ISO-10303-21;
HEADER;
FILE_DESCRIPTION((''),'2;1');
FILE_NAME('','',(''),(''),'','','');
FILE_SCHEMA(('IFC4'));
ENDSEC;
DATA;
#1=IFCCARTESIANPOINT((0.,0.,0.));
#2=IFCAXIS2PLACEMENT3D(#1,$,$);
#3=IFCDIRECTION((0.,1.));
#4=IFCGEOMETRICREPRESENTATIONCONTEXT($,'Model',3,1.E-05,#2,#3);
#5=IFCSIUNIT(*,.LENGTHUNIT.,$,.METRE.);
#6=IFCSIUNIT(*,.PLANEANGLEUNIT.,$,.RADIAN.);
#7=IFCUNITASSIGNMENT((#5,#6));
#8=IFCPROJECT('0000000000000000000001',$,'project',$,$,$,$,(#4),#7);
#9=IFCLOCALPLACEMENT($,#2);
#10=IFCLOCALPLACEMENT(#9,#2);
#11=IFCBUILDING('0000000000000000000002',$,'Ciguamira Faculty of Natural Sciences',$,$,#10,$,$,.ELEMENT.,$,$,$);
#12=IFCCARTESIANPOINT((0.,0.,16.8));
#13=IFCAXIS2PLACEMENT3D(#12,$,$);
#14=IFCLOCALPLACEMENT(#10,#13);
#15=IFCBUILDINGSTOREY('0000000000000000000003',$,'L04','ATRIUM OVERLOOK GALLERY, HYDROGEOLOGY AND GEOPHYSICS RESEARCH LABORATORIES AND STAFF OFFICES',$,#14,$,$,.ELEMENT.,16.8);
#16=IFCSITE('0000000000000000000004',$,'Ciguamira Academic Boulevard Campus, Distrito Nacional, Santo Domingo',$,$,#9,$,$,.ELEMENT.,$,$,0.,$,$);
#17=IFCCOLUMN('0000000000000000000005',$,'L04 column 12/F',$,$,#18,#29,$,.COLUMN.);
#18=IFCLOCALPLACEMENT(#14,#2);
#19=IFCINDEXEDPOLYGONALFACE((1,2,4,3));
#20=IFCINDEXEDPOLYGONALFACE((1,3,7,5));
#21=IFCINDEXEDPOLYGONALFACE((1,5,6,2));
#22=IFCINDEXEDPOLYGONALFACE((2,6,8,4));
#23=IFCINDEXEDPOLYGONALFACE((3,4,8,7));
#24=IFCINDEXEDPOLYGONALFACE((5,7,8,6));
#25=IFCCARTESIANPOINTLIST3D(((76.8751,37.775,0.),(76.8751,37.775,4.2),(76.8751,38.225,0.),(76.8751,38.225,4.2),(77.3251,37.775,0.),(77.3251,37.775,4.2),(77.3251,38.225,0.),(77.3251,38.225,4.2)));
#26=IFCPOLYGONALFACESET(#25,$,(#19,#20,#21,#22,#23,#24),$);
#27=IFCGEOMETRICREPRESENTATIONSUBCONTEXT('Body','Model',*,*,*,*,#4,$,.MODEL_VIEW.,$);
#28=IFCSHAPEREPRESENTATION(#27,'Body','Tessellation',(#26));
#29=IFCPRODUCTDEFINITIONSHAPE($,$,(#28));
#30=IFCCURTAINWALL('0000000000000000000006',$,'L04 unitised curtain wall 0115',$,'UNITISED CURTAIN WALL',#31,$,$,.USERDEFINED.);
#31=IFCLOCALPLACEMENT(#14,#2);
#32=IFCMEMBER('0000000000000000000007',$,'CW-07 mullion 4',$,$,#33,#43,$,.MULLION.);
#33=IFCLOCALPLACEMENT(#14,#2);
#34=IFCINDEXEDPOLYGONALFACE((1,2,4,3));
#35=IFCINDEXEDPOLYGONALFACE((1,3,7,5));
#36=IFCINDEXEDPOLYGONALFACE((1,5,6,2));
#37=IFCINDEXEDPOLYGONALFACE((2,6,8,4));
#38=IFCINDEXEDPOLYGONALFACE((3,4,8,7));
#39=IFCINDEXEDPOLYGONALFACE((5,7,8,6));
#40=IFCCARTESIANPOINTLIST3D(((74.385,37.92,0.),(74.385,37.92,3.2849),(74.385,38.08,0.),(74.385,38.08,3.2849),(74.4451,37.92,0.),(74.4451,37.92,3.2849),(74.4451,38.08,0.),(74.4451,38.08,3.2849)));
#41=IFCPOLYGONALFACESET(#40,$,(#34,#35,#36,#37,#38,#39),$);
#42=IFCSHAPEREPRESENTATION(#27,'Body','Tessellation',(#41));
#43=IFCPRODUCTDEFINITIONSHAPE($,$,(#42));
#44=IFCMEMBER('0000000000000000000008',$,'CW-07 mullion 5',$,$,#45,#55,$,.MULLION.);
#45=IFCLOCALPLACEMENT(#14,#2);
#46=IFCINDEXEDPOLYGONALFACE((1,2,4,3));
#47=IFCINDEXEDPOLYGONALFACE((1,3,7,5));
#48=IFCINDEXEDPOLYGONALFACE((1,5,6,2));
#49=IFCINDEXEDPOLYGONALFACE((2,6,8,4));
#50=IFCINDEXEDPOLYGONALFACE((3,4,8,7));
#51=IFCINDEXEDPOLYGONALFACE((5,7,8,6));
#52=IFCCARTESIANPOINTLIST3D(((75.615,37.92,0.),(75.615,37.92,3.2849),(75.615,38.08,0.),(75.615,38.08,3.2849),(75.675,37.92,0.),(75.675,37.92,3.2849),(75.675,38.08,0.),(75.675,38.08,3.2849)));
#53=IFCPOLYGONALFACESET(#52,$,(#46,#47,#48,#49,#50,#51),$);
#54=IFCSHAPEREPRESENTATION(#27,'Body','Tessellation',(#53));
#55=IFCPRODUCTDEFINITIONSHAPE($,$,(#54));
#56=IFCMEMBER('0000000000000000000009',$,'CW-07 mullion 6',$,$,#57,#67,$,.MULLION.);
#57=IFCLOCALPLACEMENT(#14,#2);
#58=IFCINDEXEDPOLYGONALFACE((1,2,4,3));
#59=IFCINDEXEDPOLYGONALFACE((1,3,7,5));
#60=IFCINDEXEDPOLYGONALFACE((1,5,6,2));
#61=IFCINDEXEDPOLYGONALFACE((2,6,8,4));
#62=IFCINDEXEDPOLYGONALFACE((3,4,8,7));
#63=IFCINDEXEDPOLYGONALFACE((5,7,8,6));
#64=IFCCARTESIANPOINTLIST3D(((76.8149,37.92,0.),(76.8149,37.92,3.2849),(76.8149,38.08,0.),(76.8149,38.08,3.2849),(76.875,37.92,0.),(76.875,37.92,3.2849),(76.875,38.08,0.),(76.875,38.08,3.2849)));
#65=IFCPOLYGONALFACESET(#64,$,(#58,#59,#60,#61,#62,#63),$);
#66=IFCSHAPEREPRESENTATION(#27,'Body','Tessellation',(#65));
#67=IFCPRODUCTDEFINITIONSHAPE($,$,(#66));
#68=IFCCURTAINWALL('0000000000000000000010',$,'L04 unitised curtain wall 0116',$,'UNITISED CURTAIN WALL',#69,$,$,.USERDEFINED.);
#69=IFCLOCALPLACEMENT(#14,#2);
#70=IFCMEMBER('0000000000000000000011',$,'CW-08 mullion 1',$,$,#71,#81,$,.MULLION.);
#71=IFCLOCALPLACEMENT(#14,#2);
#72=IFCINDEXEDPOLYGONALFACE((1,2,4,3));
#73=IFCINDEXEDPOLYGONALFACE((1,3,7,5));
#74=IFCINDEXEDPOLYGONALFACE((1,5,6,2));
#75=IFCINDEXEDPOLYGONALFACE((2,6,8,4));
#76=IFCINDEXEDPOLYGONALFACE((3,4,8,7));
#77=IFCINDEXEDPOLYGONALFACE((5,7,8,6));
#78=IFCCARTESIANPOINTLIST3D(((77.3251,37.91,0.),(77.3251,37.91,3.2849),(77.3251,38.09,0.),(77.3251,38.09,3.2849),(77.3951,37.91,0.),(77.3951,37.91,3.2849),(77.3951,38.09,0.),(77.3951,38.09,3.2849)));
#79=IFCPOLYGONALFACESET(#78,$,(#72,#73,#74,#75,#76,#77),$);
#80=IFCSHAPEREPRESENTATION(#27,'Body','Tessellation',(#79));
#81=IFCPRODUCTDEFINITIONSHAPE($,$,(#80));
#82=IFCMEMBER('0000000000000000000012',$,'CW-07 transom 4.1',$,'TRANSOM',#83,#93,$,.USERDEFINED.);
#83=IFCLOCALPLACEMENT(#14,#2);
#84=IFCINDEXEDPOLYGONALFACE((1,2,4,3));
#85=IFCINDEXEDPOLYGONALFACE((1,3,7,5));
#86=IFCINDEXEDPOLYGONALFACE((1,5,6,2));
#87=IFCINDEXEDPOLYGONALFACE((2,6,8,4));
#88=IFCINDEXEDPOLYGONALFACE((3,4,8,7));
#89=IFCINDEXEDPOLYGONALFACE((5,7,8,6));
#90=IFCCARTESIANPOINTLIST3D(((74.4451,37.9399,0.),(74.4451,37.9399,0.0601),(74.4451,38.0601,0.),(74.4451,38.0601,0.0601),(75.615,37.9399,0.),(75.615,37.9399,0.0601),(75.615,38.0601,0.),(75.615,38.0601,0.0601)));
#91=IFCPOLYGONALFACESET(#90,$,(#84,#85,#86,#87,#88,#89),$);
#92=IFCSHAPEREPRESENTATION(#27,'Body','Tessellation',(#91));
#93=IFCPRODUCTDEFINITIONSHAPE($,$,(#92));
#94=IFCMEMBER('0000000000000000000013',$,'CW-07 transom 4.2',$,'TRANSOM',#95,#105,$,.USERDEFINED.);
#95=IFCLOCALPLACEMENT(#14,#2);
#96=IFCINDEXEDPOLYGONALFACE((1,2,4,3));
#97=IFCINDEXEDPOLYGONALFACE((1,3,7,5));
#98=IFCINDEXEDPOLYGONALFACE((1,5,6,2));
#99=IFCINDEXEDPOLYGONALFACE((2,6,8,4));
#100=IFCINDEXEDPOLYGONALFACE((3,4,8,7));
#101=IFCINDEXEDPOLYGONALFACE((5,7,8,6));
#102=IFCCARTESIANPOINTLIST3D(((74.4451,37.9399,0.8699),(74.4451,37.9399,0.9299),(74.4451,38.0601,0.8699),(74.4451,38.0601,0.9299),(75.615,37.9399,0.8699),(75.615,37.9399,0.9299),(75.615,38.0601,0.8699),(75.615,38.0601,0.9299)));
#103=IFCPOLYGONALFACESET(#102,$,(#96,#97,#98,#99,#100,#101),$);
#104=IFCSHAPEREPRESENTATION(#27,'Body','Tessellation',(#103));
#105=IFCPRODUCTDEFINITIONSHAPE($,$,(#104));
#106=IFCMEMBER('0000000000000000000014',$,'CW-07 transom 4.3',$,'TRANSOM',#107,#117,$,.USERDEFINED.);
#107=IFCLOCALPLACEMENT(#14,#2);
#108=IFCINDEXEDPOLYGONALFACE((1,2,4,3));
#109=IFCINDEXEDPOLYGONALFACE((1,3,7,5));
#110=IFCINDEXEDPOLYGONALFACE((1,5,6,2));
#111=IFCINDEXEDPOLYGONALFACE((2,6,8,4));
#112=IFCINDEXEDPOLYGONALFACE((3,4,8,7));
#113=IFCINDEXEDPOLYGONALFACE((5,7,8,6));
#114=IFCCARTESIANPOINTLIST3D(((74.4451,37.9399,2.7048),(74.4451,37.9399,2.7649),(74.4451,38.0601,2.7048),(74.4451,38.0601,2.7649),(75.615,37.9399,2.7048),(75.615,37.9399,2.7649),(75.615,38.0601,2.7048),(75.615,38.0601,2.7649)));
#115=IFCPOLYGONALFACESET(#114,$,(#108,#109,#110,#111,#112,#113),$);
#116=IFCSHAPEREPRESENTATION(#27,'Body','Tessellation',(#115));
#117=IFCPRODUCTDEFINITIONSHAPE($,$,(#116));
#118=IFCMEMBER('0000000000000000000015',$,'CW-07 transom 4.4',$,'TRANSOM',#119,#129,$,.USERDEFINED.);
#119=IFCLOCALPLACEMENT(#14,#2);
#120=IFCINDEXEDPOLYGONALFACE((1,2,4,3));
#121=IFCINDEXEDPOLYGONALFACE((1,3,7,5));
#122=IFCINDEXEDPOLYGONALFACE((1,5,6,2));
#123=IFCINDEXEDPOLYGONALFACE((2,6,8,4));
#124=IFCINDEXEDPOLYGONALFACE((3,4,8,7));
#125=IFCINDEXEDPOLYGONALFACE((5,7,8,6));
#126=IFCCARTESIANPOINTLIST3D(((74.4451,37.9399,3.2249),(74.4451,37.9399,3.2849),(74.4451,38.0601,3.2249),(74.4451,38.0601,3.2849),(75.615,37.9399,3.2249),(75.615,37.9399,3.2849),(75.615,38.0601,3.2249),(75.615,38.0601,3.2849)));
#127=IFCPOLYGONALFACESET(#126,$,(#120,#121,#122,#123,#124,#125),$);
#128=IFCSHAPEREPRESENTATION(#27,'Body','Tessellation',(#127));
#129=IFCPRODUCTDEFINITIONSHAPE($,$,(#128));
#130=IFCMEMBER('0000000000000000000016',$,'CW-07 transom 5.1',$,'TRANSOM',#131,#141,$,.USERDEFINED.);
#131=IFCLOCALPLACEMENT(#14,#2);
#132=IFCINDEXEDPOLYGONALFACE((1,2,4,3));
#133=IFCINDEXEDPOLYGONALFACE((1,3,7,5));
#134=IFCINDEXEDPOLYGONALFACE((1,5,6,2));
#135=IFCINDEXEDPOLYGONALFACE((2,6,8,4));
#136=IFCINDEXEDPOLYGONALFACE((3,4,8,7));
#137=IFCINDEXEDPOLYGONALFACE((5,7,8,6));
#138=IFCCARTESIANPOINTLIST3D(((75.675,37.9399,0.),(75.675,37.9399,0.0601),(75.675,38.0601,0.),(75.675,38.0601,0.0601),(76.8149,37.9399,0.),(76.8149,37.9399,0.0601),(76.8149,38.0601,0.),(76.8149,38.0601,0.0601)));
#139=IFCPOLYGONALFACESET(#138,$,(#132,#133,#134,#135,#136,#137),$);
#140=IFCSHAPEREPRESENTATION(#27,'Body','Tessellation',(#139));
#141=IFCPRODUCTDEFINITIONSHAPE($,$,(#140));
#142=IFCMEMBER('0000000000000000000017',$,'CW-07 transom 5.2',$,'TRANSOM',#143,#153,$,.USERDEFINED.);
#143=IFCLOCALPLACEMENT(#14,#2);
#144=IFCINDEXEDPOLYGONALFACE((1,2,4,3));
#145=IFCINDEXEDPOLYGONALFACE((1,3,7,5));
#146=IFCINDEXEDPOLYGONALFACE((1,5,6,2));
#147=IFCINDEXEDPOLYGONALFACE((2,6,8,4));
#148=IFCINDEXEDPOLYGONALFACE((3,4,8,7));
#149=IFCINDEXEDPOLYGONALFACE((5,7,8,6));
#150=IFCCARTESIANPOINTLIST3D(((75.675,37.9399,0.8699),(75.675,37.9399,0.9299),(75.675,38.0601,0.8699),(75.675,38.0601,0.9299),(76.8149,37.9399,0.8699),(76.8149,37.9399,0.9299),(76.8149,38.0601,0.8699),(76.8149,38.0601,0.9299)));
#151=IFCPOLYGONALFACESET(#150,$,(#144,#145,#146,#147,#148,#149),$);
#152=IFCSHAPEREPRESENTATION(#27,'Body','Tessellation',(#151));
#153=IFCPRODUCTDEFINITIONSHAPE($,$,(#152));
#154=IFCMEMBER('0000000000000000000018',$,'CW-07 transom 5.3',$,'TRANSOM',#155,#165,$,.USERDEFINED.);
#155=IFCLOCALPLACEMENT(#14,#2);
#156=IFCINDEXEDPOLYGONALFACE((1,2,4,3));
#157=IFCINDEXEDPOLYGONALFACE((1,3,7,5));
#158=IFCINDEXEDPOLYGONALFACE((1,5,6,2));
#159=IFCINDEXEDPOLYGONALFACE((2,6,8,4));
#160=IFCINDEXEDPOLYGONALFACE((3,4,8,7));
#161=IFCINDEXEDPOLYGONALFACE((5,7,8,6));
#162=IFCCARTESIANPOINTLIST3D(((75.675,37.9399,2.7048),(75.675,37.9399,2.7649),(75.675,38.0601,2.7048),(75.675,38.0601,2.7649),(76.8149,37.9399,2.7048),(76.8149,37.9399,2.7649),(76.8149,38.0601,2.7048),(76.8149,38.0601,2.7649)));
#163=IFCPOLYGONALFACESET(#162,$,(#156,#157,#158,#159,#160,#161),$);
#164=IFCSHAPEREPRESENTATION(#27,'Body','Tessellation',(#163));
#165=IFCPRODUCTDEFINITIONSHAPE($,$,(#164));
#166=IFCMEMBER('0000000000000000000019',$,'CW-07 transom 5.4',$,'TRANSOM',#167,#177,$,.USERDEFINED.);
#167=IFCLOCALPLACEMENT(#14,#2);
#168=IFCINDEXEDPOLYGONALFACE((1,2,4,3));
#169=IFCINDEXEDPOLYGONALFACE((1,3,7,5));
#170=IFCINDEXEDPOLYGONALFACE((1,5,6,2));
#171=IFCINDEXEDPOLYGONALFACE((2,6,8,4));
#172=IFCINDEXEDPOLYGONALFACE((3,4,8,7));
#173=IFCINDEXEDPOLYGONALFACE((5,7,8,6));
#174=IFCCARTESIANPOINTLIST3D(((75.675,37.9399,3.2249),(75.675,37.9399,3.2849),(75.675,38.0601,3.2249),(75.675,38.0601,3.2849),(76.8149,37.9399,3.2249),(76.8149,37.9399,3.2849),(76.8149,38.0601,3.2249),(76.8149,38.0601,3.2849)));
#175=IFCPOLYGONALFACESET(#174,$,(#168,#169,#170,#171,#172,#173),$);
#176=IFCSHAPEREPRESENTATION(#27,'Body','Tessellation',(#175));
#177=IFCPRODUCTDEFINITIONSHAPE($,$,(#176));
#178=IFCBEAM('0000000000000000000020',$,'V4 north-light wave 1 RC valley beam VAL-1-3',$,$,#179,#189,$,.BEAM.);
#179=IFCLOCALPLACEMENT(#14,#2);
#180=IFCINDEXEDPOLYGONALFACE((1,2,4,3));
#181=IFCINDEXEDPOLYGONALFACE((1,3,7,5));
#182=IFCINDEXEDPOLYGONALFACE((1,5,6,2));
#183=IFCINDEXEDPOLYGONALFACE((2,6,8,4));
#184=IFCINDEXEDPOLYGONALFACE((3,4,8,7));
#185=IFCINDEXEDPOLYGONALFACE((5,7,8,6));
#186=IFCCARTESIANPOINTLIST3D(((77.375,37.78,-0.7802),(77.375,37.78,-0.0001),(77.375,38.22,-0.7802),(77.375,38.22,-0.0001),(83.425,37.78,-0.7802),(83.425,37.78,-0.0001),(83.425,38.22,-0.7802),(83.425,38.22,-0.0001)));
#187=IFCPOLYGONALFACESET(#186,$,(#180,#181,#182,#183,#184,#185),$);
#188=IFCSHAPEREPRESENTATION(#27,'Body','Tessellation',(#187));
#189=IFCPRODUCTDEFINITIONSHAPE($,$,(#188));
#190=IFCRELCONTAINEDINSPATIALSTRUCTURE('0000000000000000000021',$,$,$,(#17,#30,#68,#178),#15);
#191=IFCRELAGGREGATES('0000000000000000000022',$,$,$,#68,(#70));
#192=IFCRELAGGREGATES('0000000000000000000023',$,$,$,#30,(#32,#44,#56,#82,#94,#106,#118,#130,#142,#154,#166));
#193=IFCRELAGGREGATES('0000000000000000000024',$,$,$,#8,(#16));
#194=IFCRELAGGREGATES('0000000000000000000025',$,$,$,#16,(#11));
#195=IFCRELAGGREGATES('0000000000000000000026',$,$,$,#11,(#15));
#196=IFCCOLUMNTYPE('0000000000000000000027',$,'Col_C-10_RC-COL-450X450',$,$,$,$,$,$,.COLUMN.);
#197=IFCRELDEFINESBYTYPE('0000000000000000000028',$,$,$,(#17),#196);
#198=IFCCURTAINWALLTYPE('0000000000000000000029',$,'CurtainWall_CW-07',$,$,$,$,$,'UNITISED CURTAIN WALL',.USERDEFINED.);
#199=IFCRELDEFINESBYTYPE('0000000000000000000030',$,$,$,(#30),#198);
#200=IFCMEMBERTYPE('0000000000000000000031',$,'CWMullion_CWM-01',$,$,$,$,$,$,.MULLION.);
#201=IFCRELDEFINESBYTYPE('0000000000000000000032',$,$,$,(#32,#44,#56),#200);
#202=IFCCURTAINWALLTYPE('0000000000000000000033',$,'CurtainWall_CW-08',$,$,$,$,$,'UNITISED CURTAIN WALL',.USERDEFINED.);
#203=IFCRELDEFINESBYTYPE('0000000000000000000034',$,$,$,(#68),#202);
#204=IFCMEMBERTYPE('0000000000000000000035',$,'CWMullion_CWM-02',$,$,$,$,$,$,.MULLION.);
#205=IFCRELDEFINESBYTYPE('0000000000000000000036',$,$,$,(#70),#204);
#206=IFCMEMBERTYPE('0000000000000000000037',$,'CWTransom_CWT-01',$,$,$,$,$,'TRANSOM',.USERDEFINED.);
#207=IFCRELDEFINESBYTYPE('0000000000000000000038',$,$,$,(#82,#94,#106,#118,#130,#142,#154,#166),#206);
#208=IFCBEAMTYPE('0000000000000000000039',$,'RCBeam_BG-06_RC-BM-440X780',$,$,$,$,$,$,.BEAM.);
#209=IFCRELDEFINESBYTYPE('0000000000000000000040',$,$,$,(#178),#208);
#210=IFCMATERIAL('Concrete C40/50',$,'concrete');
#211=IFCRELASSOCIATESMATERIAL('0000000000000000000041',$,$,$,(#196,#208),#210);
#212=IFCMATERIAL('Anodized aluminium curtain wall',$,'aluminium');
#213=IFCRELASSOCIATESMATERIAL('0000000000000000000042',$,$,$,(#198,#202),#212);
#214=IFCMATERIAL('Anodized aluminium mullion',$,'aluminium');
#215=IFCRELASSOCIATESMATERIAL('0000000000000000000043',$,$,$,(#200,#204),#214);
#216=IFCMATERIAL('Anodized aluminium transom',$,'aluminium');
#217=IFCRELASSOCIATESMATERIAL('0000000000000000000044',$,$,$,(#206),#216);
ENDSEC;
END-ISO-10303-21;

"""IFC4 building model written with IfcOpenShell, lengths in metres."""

from ifc_helpers import new_model, si_unit, direction, frame, origin, origin_2d, place, context, subcontext, project, spatial, rectangle, extrude, material, material_profile, profile_set, type_object, element, aggregate, save


model = new_model("IFC4")

# Units and contexts
model_context = context("Model", 3, precision=1e-05, world=origin(), true_north=direction((0.0, 1.0)))
body_context = subcontext(model_context, "Body", "Model", "MODEL_VIEW")
ifc_project = project(units=[si_unit("LENGTHUNIT", "METRE"), si_unit("PLANEANGLEUNIT", "RADIAN")], contexts=[model_context])

# Site, building, storey
site_placement = place(None, origin())
site = spatial("IfcSite", under=ifc_project, at=site_placement, Name="Ciguamira Academic Boulevard Campus, Distrito Nacional, Santo Domingo", CompositionType="ELEMENT", RefElevation=0.0)
building_placement = place(site_placement, origin())
building = spatial("IfcBuilding", under=site, at=building_placement, Name="Ciguamira Faculty of Natural Sciences", CompositionType="ELEMENT")
storey_placement = place(building_placement, frame((0.0, 0.0, 16.8)))
storey = spatial("IfcBuildingStorey", under=building, at=storey_placement, Name="L04", Description="ATRIUM OVERLOOK GALLERY, HYDROGEOLOGY AND GEOPHYSICS RESEARCH LABORATORIES AND STAFF OFFICES", CompositionType="ELEMENT", Elevation=16.8)

# Column
ifc_material_1 = material(Name="Concrete C40/50", Category="concrete")
ifc_material_profile_1 = material_profile(ifc_material_1, rectangle(XDim=0.45, YDim=0.45, at=origin_2d()), Name="RC-COL-450X450")
ifc_profile_set_1 = profile_set([ifc_material_profile_1], Name="Concrete C40/50")
column_type = type_object("IfcColumnType", Name="Col_C-10_RC-COL-450X450", PredefinedType="COLUMN", material=ifc_profile_set_1)
column_placement = place(storey_placement, frame((77.1001, 38.0, 0.0), z_axis=(0.0, 0.0, 1.0), x_axis=(1.0, 0.0, 0.0)))
element("IfcColumn", 1, at=column_placement, inside=storey, type_object=column_type, Name="L04 column 12/F", PredefinedType="COLUMN", context=body_context, shape_type="SweptSolid", body=[
    extrude(rectangle(XDim=0.45, YDim=0.45, at=origin_2d()), origin(), (0.0, 0.0, 1.0), 4.2),
])

# Curtain wall, members
ifc_material_2 = material(Name="Anodized aluminium curtain wall", Category="aluminium")
curtain_wall_type_1 = type_object("IfcCurtainWallType", Name="CurtainWall_CW-07", ElementType="UNITISED CURTAIN WALL", PredefinedType="USERDEFINED", material=ifc_material_2)
curtain_wall_1_placement = place(storey_placement, origin())
curtain_wall_1 = element("IfcCurtainWall", 2, at=curtain_wall_1_placement, inside=storey, type_object=curtain_wall_type_1, Name="L04 unitised curtain wall 0115", ObjectType="UNITISED CURTAIN WALL", PredefinedType="USERDEFINED")
ifc_material_3 = material(Name="Anodized aluminium mullion", Category="aluminium")
ifc_material_profile_2 = material_profile(ifc_material_3, rectangle(XDim=0.0601, YDim=0.1599, at=origin_2d()), Name="ALU-MUL-60X160")
ifc_profile_set_2 = profile_set([ifc_material_profile_2], Name="Anodized aluminium mullion")
member_type_1 = type_object("IfcMemberType", Name="CWMullion_CWM-01", PredefinedType="MULLION", material=ifc_profile_set_2)
member_1_placement = place(storey_placement, frame((74.415, 38.0, 0.0), z_axis=(0.0, 0.0, 1.0), x_axis=(1.0, 0.0, 0.0)))
member_1 = element("IfcMember", 3, at=member_1_placement, type_object=member_type_1, Name="CW-07 mullion 4", PredefinedType="MULLION", context=body_context, shape_type="SweptSolid", body=[
    extrude(rectangle(XDim=0.0601, YDim=0.1599, at=origin_2d()), origin(), (0.0, 0.0, 1.0), 3.2849),
])
member_2_placement = place(storey_placement, frame((75.645, 38.0, 0.0), z_axis=(0.0, 0.0, 1.0), x_axis=(1.0, 0.0, 0.0)))
member_2 = element("IfcMember", 4, at=member_2_placement, type_object=member_type_1, Name="CW-07 mullion 5", PredefinedType="MULLION", context=body_context, shape_type="SweptSolid", body=[
    extrude(rectangle(XDim=0.0601, YDim=0.1599, at=origin_2d()), origin(), (0.0, 0.0, 1.0), 3.2849),
])
member_3_placement = place(storey_placement, frame((76.845, 38.0, 0.0), z_axis=(0.0, 0.0, 1.0), x_axis=(1.0, 0.0, 0.0)))
member_3 = element("IfcMember", 5, at=member_3_placement, type_object=member_type_1, Name="CW-07 mullion 6", PredefinedType="MULLION", context=body_context, shape_type="SweptSolid", body=[
    extrude(rectangle(XDim=0.0601, YDim=0.1599, at=origin_2d()), origin(), (0.0, 0.0, 1.0), 3.2849),
])

# Curtain wall, member
curtain_wall_type_2 = type_object("IfcCurtainWallType", Name="CurtainWall_CW-08", ElementType="UNITISED CURTAIN WALL", PredefinedType="USERDEFINED", material=ifc_material_2)
curtain_wall_2_placement = place(storey_placement, origin())
curtain_wall_2 = element("IfcCurtainWall", 6, at=curtain_wall_2_placement, inside=storey, type_object=curtain_wall_type_2, Name="L04 unitised curtain wall 0116", ObjectType="UNITISED CURTAIN WALL", PredefinedType="USERDEFINED")
ifc_material_profile_3 = material_profile(ifc_material_3, rectangle(XDim=0.0701, YDim=0.1799, at=origin_2d()), Name="ALU-MUL-70X180")
ifc_profile_set_3 = profile_set([ifc_material_profile_3], Name="Anodized aluminium mullion")
member_type_2 = type_object("IfcMemberType", Name="CWMullion_CWM-02", PredefinedType="MULLION", material=ifc_profile_set_3)
member_4_placement = place(storey_placement, frame((77.3601, 38.0, 0.0), z_axis=(0.0, 0.0, 1.0), x_axis=(1.0, 0.0, 0.0)))
member_4 = element("IfcMember", 7, at=member_4_placement, type_object=member_type_2, Name="CW-08 mullion 1", PredefinedType="MULLION", context=body_context, shape_type="SweptSolid", body=[
    extrude(rectangle(XDim=0.0701, YDim=0.1799, at=origin_2d()), origin(), (0.0, 0.0, 1.0), 3.2849),
])
aggregate(curtain_wall_2, [member_4])

# Members
ifc_material_4 = material(Name="Anodized aluminium transom", Category="aluminium")
ifc_material_profile_4 = material_profile(ifc_material_4, rectangle(XDim=0.0601, YDim=0.1201, at=origin_2d()), Name="ALU-TRN-60X120")
ifc_profile_set_4 = profile_set([ifc_material_profile_4], Name="Anodized aluminium transom")
member_type_3 = type_object("IfcMemberType", Name="CWTransom_CWT-01", ElementType="TRANSOM", PredefinedType="USERDEFINED", material=ifc_profile_set_4)
member_5_placement = place(storey_placement, frame((74.4451, 38.0, 0.03), z_axis=(1.0, 0.0, 0.0), x_axis=(0.0, 0.0, 1.0)))
member_5 = element("IfcMember", 8, at=member_5_placement, type_object=member_type_3, Name="CW-07 transom 4.1", ObjectType="TRANSOM", PredefinedType="USERDEFINED", context=body_context, shape_type="SweptSolid", body=[
    extrude(rectangle(XDim=0.0601, YDim=0.1201, at=origin_2d()), origin(), (0.0, 0.0, 1.0), 1.1699),
])
member_6_placement = place(storey_placement, frame((74.4451, 38.0, 0.8999), z_axis=(1.0, 0.0, 0.0), x_axis=(0.0, 0.0, 1.0)))
member_6 = element("IfcMember", 9, at=member_6_placement, type_object=member_type_3, Name="CW-07 transom 4.2", ObjectType="TRANSOM", PredefinedType="USERDEFINED", context=body_context, shape_type="SweptSolid", body=[
    extrude(rectangle(XDim=0.0601, YDim=0.1201, at=origin_2d()), origin(), (0.0, 0.0, 1.0), 1.1699),
])
member_7_placement = place(storey_placement, frame((74.4451, 38.0, 2.7349), z_axis=(1.0, 0.0, 0.0), x_axis=(0.0, 0.0, 1.0)))
member_7 = element("IfcMember", 10, at=member_7_placement, type_object=member_type_3, Name="CW-07 transom 4.3", ObjectType="TRANSOM", PredefinedType="USERDEFINED", context=body_context, shape_type="SweptSolid", body=[
    extrude(rectangle(XDim=0.0601, YDim=0.1201, at=origin_2d()), origin(), (0.0, 0.0, 1.0), 1.1699),
])
member_8_placement = place(storey_placement, frame((74.4451, 38.0, 3.2549), z_axis=(1.0, 0.0, 0.0), x_axis=(0.0, 0.0, 1.0)))
member_8 = element("IfcMember", 11, at=member_8_placement, type_object=member_type_3, Name="CW-07 transom 4.4", ObjectType="TRANSOM", PredefinedType="USERDEFINED", context=body_context, shape_type="SweptSolid", body=[
    extrude(rectangle(XDim=0.0601, YDim=0.1201, at=origin_2d()), origin(), (0.0, 0.0, 1.0), 1.1699),
])
member_9_placement = place(storey_placement, frame((75.675, 38.0, 0.03), z_axis=(1.0, 0.0, 0.0), x_axis=(0.0, 0.0, 1.0)))
member_9 = element("IfcMember", 12, at=member_9_placement, type_object=member_type_3, Name="CW-07 transom 5.1", ObjectType="TRANSOM", PredefinedType="USERDEFINED", context=body_context, shape_type="SweptSolid", body=[
    extrude(rectangle(XDim=0.0601, YDim=0.1201, at=origin_2d()), origin(), (0.0, 0.0, 1.0), 1.1399),
])
member_10_placement = place(storey_placement, frame((75.675, 38.0, 0.8999), z_axis=(1.0, 0.0, 0.0), x_axis=(0.0, 0.0, 1.0)))
member_10 = element("IfcMember", 13, at=member_10_placement, type_object=member_type_3, Name="CW-07 transom 5.2", ObjectType="TRANSOM", PredefinedType="USERDEFINED", context=body_context, shape_type="SweptSolid", body=[
    extrude(rectangle(XDim=0.0601, YDim=0.1201, at=origin_2d()), origin(), (0.0, 0.0, 1.0), 1.1399),
])
member_11_placement = place(storey_placement, frame((75.675, 38.0, 2.7349), z_axis=(1.0, 0.0, 0.0), x_axis=(0.0, 0.0, 1.0)))
member_11 = element("IfcMember", 14, at=member_11_placement, type_object=member_type_3, Name="CW-07 transom 5.3", ObjectType="TRANSOM", PredefinedType="USERDEFINED", context=body_context, shape_type="SweptSolid", body=[
    extrude(rectangle(XDim=0.0601, YDim=0.1201, at=origin_2d()), origin(), (0.0, 0.0, 1.0), 1.1399),
])
member_12_placement = place(storey_placement, frame((75.675, 38.0, 3.2549), z_axis=(1.0, 0.0, 0.0), x_axis=(0.0, 0.0, 1.0)))
member_12 = element("IfcMember", 15, at=member_12_placement, type_object=member_type_3, Name="CW-07 transom 5.4", ObjectType="TRANSOM", PredefinedType="USERDEFINED", context=body_context, shape_type="SweptSolid", body=[
    extrude(rectangle(XDim=0.0601, YDim=0.1201, at=origin_2d()), origin(), (0.0, 0.0, 1.0), 1.1399),
])

# Beam
ifc_material_profile_5 = material_profile(ifc_material_1, rectangle(XDim=0.4399, YDim=0.78, at=origin_2d()), Name="RC-BM-440X780")
ifc_profile_set_5 = profile_set([ifc_material_profile_5], Name="Concrete C40/50")
beam_type = type_object("IfcBeamType", Name="RCBeam_BG-06_RC-BM-440X780", PredefinedType="BEAM", material=ifc_profile_set_5)
beam_placement = place(storey_placement, frame((77.375, 38.0, -0.3901), z_axis=(1.0, 0.0, 0.0), x_axis=(0.0, 1.0, 0.0)))
element("IfcBeam", 16, at=beam_placement, inside=storey, type_object=beam_type, Name="V4 north-light wave 1 RC valley beam VAL-1-3", PredefinedType="BEAM", context=body_context, shape_type="SweptSolid", body=[
    extrude(rectangle(XDim=0.4399, YDim=0.78, at=origin_2d()), origin(), (0.0, 0.0, 1.0), 6.05),
])

aggregate(curtain_wall_1, [member_1, member_2, member_3, member_5, member_6, member_7, member_8, member_9, member_10, member_11, member_12])

save(model, "model.ifc")
